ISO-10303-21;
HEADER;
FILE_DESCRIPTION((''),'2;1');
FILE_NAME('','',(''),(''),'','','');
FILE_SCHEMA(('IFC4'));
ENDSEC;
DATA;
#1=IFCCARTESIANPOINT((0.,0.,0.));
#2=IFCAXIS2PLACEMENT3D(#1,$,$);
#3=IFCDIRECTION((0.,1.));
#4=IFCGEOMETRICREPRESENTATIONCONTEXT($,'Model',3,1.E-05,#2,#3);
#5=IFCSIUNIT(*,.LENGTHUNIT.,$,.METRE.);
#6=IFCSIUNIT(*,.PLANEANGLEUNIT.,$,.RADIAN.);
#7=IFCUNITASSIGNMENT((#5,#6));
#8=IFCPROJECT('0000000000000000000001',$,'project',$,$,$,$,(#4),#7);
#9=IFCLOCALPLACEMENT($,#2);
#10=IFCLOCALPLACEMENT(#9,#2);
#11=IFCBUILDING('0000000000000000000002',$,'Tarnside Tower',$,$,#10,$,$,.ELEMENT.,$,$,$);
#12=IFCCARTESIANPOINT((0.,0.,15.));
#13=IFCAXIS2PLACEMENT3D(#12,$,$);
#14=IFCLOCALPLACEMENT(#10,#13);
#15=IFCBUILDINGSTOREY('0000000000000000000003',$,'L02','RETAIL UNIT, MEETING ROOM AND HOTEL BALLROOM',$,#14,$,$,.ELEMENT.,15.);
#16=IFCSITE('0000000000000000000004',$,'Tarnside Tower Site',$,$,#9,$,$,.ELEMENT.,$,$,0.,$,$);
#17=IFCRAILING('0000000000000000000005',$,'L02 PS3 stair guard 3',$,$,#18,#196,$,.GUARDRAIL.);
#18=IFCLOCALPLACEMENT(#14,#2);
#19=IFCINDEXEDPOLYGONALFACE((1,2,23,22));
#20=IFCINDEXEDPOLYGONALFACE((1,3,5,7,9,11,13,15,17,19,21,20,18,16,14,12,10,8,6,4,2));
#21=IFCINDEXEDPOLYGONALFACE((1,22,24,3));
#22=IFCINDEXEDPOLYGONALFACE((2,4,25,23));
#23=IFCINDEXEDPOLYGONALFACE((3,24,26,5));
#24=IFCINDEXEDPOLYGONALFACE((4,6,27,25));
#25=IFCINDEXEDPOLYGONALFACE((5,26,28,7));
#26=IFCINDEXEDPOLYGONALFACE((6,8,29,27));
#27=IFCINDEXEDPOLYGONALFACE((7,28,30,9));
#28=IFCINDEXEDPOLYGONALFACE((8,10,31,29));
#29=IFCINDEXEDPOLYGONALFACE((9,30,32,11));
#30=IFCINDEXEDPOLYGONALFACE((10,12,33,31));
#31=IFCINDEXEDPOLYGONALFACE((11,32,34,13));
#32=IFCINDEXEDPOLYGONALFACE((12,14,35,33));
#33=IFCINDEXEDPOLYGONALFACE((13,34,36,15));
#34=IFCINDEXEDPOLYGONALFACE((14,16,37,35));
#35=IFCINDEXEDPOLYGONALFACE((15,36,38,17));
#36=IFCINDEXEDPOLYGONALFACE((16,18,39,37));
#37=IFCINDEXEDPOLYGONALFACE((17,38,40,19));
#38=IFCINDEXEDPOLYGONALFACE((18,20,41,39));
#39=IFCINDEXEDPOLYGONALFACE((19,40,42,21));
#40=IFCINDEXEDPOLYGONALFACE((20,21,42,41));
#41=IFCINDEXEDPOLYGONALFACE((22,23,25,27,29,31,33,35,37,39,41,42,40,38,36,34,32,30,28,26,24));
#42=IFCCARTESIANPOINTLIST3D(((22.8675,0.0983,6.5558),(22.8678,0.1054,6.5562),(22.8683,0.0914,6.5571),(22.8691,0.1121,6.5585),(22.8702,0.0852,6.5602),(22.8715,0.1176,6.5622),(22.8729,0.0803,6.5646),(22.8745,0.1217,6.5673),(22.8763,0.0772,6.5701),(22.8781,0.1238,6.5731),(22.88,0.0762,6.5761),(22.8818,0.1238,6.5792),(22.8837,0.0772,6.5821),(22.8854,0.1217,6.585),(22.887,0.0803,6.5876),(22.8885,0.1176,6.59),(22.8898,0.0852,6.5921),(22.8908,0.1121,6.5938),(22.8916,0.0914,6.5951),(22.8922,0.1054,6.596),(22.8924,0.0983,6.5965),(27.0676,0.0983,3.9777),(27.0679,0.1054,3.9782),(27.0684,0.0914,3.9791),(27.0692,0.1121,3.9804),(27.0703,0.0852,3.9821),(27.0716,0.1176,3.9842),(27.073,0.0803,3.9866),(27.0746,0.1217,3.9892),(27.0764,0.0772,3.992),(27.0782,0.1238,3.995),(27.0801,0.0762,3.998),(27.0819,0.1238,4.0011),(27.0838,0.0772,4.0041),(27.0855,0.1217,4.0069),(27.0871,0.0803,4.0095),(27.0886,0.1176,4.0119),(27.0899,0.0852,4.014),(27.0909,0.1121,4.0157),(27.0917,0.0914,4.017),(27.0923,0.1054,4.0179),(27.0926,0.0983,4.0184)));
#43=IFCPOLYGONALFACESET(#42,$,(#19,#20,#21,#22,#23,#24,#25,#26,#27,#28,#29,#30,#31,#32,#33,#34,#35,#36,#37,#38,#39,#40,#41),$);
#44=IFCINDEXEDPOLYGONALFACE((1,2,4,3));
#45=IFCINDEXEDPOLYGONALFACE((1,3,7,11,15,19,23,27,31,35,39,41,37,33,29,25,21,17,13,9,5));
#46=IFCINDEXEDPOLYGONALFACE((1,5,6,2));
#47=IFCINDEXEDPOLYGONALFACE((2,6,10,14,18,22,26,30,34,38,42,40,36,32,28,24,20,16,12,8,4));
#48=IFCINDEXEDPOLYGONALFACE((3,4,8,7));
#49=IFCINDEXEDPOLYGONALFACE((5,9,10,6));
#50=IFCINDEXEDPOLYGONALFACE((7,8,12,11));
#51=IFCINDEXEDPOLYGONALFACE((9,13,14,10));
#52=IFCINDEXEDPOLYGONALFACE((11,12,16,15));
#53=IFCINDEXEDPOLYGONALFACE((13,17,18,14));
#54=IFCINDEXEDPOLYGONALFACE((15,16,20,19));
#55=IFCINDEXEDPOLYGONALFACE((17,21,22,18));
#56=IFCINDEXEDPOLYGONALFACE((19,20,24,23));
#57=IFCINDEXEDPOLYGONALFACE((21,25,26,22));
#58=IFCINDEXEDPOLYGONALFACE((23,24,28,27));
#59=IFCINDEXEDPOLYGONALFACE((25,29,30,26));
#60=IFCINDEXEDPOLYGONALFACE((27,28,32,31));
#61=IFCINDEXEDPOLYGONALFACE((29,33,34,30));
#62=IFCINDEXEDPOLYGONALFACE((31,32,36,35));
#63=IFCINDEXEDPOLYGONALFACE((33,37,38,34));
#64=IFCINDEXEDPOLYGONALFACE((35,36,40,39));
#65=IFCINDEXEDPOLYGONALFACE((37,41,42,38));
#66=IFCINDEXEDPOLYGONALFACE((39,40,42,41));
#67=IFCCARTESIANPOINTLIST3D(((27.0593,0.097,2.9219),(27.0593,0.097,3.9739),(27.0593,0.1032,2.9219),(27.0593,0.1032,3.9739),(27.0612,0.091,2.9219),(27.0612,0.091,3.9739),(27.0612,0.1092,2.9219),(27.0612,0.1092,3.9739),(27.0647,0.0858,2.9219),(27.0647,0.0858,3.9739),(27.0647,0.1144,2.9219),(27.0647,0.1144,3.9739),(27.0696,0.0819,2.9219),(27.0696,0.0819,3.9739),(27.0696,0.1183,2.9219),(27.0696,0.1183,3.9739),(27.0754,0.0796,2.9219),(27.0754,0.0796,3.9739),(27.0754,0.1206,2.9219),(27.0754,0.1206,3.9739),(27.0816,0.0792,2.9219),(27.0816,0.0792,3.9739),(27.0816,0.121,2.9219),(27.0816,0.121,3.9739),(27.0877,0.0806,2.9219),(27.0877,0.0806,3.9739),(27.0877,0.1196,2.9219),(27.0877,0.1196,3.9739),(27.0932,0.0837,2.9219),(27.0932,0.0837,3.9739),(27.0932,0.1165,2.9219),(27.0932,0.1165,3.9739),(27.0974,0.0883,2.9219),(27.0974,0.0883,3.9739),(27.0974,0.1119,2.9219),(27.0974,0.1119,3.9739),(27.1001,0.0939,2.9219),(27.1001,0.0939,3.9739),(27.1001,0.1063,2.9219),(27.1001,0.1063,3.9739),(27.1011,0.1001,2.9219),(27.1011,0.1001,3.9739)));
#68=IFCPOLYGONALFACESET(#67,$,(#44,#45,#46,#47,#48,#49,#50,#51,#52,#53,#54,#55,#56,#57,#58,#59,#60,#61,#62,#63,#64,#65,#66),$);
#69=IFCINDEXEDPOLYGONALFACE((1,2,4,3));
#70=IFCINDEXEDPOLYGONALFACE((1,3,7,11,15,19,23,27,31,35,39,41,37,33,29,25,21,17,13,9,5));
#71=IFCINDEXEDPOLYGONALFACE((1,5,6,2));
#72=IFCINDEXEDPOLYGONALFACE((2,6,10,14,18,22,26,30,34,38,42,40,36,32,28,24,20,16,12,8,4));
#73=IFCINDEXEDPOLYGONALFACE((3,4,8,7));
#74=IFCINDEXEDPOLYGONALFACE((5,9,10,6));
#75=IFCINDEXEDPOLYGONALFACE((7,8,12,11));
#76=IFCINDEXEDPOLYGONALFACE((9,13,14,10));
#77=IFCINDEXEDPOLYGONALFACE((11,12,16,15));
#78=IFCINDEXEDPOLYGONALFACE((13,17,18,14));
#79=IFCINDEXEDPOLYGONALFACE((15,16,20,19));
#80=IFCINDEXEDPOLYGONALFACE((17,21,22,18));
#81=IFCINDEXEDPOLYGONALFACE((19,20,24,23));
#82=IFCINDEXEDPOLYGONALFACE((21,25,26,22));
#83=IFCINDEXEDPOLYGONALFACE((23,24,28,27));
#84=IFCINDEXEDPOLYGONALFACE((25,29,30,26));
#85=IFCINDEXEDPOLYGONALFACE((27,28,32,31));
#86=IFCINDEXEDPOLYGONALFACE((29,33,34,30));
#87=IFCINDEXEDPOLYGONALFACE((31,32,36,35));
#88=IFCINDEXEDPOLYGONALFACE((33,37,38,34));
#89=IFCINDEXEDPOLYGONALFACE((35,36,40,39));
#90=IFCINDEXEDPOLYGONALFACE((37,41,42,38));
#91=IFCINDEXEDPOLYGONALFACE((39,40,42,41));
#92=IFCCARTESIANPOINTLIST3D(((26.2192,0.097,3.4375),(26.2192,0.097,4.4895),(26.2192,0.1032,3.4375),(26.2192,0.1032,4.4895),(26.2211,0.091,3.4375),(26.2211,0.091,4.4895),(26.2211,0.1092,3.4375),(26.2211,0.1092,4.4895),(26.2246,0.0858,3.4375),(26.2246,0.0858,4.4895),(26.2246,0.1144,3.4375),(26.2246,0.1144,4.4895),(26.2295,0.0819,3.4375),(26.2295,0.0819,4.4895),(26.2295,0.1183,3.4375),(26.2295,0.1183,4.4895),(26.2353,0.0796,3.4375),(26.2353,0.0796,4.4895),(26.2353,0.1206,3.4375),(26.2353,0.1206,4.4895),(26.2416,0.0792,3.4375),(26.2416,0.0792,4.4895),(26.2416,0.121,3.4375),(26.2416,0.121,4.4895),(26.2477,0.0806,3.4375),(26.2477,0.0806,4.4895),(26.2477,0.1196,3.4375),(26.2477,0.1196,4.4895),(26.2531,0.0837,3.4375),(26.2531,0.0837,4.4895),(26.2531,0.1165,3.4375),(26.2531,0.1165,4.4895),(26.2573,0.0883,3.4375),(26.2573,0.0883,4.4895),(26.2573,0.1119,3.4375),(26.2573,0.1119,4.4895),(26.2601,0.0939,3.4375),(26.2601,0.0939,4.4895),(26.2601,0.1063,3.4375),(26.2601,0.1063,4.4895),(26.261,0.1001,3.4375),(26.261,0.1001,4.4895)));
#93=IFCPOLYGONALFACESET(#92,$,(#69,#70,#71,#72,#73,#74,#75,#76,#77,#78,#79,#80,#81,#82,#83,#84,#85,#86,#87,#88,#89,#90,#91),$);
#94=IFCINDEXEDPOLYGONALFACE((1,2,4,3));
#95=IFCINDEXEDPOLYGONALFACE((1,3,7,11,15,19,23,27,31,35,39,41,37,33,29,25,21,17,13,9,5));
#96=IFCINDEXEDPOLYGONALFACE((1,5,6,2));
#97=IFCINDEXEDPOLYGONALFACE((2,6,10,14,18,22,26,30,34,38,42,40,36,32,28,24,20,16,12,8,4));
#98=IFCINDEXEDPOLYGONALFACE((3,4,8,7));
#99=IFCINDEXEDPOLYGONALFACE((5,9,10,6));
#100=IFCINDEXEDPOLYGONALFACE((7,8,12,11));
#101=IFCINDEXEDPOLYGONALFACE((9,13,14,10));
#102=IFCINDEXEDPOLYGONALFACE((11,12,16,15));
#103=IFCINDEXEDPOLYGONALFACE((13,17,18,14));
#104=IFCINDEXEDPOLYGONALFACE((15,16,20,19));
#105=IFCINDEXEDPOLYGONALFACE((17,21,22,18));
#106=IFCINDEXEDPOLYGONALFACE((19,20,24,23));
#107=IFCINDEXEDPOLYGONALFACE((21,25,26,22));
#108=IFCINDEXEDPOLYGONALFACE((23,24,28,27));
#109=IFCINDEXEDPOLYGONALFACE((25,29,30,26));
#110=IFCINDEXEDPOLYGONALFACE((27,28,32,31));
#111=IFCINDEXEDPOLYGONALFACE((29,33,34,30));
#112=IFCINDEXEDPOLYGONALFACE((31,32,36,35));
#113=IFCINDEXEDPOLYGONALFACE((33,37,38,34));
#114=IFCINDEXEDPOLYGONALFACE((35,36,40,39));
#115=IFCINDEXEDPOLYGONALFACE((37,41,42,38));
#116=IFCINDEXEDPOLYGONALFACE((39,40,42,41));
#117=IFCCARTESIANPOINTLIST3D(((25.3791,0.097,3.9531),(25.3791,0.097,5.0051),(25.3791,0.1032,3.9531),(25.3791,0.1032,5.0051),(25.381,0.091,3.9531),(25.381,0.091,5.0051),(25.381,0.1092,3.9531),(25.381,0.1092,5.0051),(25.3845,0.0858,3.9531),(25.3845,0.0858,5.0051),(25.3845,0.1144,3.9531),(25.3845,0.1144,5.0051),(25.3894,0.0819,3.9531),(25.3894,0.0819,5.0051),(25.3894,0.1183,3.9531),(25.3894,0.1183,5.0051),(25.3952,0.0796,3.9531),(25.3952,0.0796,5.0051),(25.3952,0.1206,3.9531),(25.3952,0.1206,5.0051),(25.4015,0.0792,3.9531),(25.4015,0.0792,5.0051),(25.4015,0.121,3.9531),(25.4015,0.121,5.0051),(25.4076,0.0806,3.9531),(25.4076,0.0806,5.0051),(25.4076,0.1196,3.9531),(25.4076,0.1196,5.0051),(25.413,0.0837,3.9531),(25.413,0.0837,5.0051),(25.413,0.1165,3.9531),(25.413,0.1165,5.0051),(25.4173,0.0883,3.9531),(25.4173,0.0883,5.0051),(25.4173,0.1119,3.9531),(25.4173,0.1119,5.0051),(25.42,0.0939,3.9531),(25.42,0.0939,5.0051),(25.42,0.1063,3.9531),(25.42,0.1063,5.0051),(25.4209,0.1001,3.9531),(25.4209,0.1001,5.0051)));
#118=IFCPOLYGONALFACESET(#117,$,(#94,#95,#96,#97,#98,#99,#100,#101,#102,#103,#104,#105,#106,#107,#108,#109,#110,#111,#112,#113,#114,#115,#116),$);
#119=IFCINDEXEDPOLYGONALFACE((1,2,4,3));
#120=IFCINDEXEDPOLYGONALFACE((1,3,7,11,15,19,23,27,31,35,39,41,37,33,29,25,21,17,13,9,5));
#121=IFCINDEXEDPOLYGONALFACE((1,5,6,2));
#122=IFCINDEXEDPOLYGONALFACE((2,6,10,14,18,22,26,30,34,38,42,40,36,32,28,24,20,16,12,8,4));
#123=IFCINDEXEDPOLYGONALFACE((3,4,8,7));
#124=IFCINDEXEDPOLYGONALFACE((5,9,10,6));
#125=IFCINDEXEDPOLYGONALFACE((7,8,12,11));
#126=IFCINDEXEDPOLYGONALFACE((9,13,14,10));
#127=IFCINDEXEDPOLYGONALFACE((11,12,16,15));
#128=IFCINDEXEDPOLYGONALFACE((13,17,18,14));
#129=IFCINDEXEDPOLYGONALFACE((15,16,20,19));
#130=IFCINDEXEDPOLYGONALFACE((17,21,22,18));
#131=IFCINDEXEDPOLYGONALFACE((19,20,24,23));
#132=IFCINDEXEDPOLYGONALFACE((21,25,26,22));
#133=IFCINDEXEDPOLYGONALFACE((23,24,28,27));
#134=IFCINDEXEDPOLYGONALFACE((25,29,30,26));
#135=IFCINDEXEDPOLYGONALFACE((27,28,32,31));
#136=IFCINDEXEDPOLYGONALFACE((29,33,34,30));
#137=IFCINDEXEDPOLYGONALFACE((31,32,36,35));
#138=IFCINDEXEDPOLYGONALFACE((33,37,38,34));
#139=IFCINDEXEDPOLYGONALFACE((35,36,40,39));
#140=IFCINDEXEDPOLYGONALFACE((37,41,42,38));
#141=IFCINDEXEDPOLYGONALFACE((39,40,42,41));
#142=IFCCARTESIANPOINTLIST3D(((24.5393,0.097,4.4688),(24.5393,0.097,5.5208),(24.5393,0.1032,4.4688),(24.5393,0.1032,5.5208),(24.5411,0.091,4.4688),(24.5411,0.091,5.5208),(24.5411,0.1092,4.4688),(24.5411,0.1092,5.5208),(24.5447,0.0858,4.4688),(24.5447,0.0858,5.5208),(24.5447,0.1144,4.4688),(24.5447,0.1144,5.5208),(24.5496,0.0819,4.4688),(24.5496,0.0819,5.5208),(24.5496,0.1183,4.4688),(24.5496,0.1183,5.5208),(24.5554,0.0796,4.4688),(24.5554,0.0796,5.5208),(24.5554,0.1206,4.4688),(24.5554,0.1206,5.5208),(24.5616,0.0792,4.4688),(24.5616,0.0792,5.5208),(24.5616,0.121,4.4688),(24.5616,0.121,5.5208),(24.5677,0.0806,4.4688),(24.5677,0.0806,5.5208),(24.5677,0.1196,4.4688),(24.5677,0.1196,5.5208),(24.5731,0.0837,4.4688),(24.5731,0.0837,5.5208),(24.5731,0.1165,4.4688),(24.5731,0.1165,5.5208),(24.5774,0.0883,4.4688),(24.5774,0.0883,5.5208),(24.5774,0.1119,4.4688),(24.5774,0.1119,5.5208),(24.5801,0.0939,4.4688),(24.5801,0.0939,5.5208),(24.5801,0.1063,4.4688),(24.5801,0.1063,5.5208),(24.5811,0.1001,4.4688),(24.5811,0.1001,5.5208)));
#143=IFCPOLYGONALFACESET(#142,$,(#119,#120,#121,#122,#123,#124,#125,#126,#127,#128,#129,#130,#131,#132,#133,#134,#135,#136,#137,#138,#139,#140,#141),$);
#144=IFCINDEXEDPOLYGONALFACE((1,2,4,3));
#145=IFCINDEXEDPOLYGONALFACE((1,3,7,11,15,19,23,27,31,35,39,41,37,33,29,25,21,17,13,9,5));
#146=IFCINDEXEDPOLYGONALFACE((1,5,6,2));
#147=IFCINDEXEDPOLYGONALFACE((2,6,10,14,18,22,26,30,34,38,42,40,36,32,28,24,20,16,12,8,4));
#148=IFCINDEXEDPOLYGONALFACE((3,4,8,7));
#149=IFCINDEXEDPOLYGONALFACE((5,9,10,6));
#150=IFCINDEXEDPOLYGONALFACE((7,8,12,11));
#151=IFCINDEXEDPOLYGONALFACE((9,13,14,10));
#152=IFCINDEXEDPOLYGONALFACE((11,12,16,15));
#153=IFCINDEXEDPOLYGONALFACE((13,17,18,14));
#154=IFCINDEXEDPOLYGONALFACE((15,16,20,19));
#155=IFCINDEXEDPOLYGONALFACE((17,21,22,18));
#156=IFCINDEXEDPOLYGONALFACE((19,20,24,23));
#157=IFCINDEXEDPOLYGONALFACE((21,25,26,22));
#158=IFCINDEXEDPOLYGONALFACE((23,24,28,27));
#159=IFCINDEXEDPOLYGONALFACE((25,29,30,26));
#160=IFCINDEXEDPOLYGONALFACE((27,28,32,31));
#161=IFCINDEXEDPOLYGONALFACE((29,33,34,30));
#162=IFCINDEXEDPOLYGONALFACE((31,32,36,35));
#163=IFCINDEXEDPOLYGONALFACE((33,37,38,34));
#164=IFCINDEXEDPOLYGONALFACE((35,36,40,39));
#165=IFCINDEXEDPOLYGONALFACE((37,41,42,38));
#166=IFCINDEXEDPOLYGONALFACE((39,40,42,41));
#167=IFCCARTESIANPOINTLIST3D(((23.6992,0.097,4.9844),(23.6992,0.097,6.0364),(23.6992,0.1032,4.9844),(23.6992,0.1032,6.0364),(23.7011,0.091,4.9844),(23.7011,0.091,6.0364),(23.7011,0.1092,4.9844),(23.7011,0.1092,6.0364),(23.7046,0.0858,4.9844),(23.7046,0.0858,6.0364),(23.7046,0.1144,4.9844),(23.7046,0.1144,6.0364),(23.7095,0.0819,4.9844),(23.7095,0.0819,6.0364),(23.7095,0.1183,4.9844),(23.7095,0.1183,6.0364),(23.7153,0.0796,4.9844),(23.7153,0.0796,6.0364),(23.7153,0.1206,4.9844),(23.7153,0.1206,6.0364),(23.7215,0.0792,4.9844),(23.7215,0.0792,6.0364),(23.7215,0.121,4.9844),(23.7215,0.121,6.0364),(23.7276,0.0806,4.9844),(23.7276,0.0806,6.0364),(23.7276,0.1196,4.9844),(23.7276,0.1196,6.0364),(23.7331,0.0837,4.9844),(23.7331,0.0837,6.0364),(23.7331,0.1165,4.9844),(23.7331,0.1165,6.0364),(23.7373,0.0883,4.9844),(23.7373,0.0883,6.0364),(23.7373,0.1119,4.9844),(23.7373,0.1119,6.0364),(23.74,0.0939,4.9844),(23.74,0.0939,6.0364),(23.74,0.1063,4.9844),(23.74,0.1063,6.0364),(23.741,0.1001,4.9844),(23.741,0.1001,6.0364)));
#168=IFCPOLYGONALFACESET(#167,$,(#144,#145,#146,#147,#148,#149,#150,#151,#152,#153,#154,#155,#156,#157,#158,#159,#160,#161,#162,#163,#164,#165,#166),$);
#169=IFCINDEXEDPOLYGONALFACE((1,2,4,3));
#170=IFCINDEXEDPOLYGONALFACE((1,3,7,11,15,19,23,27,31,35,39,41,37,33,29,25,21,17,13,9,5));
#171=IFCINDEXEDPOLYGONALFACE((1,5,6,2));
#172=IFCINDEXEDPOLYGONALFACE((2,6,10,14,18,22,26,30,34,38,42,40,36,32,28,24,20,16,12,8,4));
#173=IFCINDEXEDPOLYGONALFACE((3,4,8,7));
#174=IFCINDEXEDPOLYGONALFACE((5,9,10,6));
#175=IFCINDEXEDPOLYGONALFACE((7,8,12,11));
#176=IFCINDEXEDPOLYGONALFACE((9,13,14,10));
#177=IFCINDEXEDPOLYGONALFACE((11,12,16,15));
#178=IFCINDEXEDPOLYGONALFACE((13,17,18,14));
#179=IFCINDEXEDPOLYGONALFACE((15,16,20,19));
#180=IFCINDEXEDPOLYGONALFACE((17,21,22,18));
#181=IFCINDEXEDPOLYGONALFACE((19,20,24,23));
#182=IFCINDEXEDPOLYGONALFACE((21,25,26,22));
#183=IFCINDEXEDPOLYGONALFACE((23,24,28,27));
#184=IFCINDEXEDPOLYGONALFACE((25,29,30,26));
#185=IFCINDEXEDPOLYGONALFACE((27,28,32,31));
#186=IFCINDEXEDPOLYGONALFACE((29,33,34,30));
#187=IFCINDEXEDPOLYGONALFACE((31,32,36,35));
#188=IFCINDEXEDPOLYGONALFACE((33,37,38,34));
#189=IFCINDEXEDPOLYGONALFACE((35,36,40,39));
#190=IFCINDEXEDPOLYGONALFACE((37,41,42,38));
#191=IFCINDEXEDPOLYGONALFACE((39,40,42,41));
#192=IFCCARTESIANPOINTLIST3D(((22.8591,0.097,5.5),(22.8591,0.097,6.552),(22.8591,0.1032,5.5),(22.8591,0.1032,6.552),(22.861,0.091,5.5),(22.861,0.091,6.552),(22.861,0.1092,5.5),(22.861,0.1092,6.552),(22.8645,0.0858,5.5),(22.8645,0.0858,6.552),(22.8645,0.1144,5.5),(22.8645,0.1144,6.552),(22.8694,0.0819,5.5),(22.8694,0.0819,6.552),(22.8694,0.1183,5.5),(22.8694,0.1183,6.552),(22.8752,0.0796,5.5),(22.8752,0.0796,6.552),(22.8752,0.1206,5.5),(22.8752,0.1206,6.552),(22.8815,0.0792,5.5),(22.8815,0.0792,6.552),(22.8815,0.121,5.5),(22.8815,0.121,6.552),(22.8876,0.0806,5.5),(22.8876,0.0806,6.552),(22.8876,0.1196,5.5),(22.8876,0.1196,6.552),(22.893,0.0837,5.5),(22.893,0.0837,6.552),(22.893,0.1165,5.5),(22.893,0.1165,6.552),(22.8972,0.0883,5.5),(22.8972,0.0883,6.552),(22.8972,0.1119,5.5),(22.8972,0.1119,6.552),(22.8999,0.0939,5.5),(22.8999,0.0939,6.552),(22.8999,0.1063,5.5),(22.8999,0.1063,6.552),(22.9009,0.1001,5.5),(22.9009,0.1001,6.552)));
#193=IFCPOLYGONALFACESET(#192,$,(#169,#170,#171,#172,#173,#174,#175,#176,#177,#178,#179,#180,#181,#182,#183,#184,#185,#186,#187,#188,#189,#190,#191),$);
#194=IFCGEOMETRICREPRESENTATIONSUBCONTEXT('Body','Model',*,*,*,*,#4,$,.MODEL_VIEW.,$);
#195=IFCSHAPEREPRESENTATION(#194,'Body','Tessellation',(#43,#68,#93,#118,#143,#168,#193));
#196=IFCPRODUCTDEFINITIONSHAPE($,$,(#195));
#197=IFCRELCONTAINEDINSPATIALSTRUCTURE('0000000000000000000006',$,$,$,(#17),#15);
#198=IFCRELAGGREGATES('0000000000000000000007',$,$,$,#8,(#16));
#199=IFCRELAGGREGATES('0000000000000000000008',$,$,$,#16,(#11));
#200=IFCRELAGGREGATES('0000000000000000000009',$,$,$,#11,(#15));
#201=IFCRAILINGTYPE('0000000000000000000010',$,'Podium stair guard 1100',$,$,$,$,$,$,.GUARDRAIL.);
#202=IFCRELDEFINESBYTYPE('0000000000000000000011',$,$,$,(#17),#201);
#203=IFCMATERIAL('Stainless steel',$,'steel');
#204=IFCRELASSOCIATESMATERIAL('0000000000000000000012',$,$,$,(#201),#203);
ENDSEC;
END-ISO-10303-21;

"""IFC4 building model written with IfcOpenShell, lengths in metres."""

from ifc_helpers import new_model, si_unit, direction, frame, origin, origin_2d, place, context, subcontext, project, spatial, circle, extrude, material, type_object, element, save


model = new_model("IFC4")

# Units and contexts
model_context = context("Model", 3, precision=1e-05, world=origin(), true_north=direction((0.0, 1.0)))
body_context = subcontext(model_context, "Body", "Model", "MODEL_VIEW")
ifc_project = project(units=[si_unit("LENGTHUNIT", "METRE"), si_unit("PLANEANGLEUNIT", "RADIAN")], contexts=[model_context])

# Site, building, storey
site_placement = place(None, origin())
site = spatial("IfcSite", under=ifc_project, at=site_placement, Name="Tarnside Tower Site", CompositionType="ELEMENT", RefElevation=0.0)
building_placement = place(site_placement, origin())
building = spatial("IfcBuilding", under=site, at=building_placement, Name="Tarnside Tower", CompositionType="ELEMENT")
storey_placement = place(building_placement, frame((0.0, 0.0, 15.0)))
storey = spatial("IfcBuildingStorey", under=building, at=storey_placement, Name="L02", Description="RETAIL UNIT, MEETING ROOM AND HOTEL BALLROOM", CompositionType="ELEMENT", Elevation=15.0)

# Railing
ifc_material_1 = material(Name="Stainless steel", Category="steel")
railing_type_1 = type_object("IfcRailingType", Name="Podium stair guard 1100", PredefinedType="GUARDRAIL", material=ifc_material_1)
railing_1_placement = place(storey_placement, frame((27.0801, 0.1001, 2.9219)))
element("IfcRailing", 1, at=railing_1_placement, inside=storey, type_object=railing_type_1, Name="L02 PS3 stair guard 3", PredefinedType="GUARDRAIL", context=body_context, shape_type="SweptSolid", body=[
    extrude(circle(Radius=0.0239, at=origin_2d()), frame((0.0, 0.0, 1.0762), z_axis=(-0.852256, 0.0, 0.523124), x_axis=(0.0, -1.0, 0.0)), (0.0, 0.0, 1.0), 4.9282),
    extrude(circle(Radius=0.021, at=origin_2d()), origin(), (0.0, 0.0, 1.0), 1.052),
    extrude(circle(Radius=0.021, at=origin_2d()), frame((-0.8401, 0.0, 0.5156)), (0.0, 0.0, 1.0), 1.052),
    extrude(circle(Radius=0.021, at=origin_2d()), frame((-1.6802, 0.0, 1.0312)), (0.0, 0.0, 1.0), 1.052),
    extrude(circle(Radius=0.021, at=origin_2d()), frame((-2.52, 0.0, 1.5469)), (0.0, 0.0, 1.0), 1.052),
    extrude(circle(Radius=0.021, at=origin_2d()), frame((-3.3601, 0.0, 2.0625)), (0.0, 0.0, 1.0), 1.052),
    extrude(circle(Radius=0.021, at=origin_2d()), frame((-4.2002, 0.0, 2.5781)), (0.0, 0.0, 1.0), 1.052),
])

save(model, "model.ifc")
